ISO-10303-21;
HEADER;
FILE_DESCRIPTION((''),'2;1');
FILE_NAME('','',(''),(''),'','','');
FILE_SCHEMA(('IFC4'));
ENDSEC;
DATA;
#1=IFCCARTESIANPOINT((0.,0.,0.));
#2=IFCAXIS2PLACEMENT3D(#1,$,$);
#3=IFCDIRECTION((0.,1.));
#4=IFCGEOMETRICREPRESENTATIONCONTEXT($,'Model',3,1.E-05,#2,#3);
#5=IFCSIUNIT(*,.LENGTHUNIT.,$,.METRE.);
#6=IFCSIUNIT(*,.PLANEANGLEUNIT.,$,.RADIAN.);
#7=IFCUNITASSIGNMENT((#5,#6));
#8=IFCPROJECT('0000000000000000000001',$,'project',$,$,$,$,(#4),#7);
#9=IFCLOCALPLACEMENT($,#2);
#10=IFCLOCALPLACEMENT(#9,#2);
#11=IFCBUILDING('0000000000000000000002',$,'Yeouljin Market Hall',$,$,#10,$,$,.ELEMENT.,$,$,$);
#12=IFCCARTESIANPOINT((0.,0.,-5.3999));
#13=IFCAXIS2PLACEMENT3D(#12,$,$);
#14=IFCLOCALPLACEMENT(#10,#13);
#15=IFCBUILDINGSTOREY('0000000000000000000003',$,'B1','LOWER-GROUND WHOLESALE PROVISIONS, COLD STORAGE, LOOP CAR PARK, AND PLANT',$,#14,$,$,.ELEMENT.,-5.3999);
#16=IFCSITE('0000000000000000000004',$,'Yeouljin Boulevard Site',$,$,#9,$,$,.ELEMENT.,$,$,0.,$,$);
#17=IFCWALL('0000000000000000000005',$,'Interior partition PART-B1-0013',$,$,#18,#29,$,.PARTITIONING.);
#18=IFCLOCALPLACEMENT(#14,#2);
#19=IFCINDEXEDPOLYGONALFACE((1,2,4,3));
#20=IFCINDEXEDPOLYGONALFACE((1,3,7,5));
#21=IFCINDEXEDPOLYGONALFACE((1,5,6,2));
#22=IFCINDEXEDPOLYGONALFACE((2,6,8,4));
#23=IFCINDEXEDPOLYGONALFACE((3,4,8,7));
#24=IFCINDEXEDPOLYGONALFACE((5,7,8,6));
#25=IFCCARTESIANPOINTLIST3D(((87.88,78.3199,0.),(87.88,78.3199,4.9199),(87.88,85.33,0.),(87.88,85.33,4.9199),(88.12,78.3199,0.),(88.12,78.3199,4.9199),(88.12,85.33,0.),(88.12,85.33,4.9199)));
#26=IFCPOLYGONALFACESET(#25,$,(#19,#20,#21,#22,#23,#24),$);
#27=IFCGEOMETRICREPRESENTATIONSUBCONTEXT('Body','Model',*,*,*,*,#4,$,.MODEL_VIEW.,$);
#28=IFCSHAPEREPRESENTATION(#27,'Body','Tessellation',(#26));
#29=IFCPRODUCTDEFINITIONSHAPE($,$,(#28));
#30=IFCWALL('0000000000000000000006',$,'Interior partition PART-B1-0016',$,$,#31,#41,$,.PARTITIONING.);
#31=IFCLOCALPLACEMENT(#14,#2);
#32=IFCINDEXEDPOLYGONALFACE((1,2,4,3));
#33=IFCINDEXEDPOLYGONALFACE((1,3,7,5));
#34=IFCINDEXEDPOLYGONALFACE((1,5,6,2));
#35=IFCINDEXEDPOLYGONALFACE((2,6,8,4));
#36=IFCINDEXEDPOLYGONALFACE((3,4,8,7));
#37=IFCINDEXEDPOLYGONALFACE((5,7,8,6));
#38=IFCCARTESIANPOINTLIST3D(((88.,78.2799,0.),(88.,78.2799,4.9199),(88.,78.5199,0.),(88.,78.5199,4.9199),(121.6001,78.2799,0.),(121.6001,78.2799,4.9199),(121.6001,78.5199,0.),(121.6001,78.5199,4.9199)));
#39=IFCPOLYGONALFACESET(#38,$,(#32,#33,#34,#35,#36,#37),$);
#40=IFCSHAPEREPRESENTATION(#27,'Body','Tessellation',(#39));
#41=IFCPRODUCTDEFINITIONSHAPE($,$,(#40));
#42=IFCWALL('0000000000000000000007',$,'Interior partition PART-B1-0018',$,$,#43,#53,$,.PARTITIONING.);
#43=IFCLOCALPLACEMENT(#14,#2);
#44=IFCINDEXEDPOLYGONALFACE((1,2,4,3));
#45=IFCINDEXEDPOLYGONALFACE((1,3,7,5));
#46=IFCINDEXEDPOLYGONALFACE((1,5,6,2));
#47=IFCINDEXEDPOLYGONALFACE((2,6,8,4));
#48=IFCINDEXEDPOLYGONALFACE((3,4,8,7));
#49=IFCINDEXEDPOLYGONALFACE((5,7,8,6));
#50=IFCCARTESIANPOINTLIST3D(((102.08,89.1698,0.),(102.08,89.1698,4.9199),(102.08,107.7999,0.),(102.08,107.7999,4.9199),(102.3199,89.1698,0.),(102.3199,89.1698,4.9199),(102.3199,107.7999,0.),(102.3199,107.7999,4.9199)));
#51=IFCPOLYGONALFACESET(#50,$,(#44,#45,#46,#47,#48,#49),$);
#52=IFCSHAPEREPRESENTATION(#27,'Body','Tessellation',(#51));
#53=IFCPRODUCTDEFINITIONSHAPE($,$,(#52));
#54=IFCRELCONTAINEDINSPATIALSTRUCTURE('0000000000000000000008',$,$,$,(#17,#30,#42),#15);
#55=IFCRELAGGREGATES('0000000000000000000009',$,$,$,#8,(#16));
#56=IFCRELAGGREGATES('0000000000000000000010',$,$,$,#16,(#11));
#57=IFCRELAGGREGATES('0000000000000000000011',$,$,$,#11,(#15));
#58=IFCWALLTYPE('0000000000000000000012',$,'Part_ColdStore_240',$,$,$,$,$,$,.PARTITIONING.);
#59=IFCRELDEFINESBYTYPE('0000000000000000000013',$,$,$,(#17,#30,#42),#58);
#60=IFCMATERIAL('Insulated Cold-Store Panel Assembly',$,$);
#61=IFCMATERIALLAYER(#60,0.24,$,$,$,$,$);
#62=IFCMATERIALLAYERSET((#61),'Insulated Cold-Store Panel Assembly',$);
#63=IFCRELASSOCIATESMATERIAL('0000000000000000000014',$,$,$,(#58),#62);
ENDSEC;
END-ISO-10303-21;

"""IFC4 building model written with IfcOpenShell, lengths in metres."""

from ifc_helpers import new_model, si_unit, direction, frame, frame_2d, origin, place, context, subcontext, project, spatial, rectangle, extrude, material, layer, layer_set, type_object, element, save


model = new_model("IFC4")

# Units and contexts
model_context = context("Model", 3, precision=1e-05, world=origin(), true_north=direction((0.0, 1.0)))
body_context = subcontext(model_context, "Body", "Model", "MODEL_VIEW")
ifc_project = project(units=[si_unit("LENGTHUNIT", "METRE"), si_unit("PLANEANGLEUNIT", "RADIAN")], contexts=[model_context])

# Site, building, storey
site_placement = place(None, origin())
site = spatial("IfcSite", under=ifc_project, at=site_placement, Name="Yeouljin Boulevard Site", CompositionType="ELEMENT", RefElevation=0.0)
building_placement = place(site_placement, origin())
building = spatial("IfcBuilding", under=site, at=building_placement, Name="Yeouljin Market Hall", CompositionType="ELEMENT")
storey_placement = place(building_placement, frame((0.0, 0.0, -5.3999)))
storey = spatial("IfcBuildingStorey", under=building, at=storey_placement, Name="B1", Description="LOWER-GROUND WHOLESALE PROVISIONS, COLD STORAGE, LOOP CAR PARK, AND PLANT", CompositionType="ELEMENT", Elevation=-5.3999)

# Shared definitions
ifc_material_1 = material(Name="Insulated Cold-Store Panel Assembly")
ifc_layer_1 = layer(ifc_material_1, 0.24)
ifc_layer_set_1 = layer_set([ifc_layer_1], Name="Insulated Cold-Store Panel Assembly")
wall_type = type_object("IfcWallType", Name="Part_ColdStore_240", PredefinedType="PARTITIONING", material=ifc_layer_set_1)

# Walls
wall_1_placement = place(storey_placement, frame((88.0, 78.3201, 0.0), z_axis=(0.0, 0.0, 1.0), x_axis=(0.0, 1.0, 0.0)))
element("IfcWall", 1, at=wall_1_placement, inside=storey, type_object=wall_type, Name="Interior partition PART-B1-0013", PredefinedType="PARTITIONING", context=body_context, shape_type="SweptSolid", body=[
    extrude(rectangle(XDim=7.01, YDim=0.24, at=frame_2d((3.5049, 0.0))), origin(), (0.0, 0.0, 1.0), 4.9199),
])
wall_2_placement = place(storey_placement, frame((88.0, 78.3999, 0.0), z_axis=(0.0, 0.0, 1.0), x_axis=(1.0, 0.0, 0.0)))
element("IfcWall", 2, at=wall_2_placement, inside=storey, type_object=wall_type, Name="Interior partition PART-B1-0016", PredefinedType="PARTITIONING", context=body_context, shape_type="SweptSolid", body=[
    extrude(rectangle(XDim=33.6001, YDim=0.24, at=frame_2d((16.8, 0.0))), origin(), (0.0, 0.0, 1.0), 4.9199),
])
wall_3_placement = place(storey_placement, frame((102.2, 89.1699, 0.0), z_axis=(0.0, 0.0, 1.0), x_axis=(0.0, 1.0, 0.0)))
element("IfcWall", 3, at=wall_3_placement, inside=storey, type_object=wall_type, Name="Interior partition PART-B1-0018", PredefinedType="PARTITIONING", context=body_context, shape_type="SweptSolid", body=[
    extrude(rectangle(XDim=18.6301, YDim=0.24, at=frame_2d((9.3149, 0.0))), origin(), (0.0, 0.0, 1.0), 4.9199),
])

save(model, "model.ifc")
